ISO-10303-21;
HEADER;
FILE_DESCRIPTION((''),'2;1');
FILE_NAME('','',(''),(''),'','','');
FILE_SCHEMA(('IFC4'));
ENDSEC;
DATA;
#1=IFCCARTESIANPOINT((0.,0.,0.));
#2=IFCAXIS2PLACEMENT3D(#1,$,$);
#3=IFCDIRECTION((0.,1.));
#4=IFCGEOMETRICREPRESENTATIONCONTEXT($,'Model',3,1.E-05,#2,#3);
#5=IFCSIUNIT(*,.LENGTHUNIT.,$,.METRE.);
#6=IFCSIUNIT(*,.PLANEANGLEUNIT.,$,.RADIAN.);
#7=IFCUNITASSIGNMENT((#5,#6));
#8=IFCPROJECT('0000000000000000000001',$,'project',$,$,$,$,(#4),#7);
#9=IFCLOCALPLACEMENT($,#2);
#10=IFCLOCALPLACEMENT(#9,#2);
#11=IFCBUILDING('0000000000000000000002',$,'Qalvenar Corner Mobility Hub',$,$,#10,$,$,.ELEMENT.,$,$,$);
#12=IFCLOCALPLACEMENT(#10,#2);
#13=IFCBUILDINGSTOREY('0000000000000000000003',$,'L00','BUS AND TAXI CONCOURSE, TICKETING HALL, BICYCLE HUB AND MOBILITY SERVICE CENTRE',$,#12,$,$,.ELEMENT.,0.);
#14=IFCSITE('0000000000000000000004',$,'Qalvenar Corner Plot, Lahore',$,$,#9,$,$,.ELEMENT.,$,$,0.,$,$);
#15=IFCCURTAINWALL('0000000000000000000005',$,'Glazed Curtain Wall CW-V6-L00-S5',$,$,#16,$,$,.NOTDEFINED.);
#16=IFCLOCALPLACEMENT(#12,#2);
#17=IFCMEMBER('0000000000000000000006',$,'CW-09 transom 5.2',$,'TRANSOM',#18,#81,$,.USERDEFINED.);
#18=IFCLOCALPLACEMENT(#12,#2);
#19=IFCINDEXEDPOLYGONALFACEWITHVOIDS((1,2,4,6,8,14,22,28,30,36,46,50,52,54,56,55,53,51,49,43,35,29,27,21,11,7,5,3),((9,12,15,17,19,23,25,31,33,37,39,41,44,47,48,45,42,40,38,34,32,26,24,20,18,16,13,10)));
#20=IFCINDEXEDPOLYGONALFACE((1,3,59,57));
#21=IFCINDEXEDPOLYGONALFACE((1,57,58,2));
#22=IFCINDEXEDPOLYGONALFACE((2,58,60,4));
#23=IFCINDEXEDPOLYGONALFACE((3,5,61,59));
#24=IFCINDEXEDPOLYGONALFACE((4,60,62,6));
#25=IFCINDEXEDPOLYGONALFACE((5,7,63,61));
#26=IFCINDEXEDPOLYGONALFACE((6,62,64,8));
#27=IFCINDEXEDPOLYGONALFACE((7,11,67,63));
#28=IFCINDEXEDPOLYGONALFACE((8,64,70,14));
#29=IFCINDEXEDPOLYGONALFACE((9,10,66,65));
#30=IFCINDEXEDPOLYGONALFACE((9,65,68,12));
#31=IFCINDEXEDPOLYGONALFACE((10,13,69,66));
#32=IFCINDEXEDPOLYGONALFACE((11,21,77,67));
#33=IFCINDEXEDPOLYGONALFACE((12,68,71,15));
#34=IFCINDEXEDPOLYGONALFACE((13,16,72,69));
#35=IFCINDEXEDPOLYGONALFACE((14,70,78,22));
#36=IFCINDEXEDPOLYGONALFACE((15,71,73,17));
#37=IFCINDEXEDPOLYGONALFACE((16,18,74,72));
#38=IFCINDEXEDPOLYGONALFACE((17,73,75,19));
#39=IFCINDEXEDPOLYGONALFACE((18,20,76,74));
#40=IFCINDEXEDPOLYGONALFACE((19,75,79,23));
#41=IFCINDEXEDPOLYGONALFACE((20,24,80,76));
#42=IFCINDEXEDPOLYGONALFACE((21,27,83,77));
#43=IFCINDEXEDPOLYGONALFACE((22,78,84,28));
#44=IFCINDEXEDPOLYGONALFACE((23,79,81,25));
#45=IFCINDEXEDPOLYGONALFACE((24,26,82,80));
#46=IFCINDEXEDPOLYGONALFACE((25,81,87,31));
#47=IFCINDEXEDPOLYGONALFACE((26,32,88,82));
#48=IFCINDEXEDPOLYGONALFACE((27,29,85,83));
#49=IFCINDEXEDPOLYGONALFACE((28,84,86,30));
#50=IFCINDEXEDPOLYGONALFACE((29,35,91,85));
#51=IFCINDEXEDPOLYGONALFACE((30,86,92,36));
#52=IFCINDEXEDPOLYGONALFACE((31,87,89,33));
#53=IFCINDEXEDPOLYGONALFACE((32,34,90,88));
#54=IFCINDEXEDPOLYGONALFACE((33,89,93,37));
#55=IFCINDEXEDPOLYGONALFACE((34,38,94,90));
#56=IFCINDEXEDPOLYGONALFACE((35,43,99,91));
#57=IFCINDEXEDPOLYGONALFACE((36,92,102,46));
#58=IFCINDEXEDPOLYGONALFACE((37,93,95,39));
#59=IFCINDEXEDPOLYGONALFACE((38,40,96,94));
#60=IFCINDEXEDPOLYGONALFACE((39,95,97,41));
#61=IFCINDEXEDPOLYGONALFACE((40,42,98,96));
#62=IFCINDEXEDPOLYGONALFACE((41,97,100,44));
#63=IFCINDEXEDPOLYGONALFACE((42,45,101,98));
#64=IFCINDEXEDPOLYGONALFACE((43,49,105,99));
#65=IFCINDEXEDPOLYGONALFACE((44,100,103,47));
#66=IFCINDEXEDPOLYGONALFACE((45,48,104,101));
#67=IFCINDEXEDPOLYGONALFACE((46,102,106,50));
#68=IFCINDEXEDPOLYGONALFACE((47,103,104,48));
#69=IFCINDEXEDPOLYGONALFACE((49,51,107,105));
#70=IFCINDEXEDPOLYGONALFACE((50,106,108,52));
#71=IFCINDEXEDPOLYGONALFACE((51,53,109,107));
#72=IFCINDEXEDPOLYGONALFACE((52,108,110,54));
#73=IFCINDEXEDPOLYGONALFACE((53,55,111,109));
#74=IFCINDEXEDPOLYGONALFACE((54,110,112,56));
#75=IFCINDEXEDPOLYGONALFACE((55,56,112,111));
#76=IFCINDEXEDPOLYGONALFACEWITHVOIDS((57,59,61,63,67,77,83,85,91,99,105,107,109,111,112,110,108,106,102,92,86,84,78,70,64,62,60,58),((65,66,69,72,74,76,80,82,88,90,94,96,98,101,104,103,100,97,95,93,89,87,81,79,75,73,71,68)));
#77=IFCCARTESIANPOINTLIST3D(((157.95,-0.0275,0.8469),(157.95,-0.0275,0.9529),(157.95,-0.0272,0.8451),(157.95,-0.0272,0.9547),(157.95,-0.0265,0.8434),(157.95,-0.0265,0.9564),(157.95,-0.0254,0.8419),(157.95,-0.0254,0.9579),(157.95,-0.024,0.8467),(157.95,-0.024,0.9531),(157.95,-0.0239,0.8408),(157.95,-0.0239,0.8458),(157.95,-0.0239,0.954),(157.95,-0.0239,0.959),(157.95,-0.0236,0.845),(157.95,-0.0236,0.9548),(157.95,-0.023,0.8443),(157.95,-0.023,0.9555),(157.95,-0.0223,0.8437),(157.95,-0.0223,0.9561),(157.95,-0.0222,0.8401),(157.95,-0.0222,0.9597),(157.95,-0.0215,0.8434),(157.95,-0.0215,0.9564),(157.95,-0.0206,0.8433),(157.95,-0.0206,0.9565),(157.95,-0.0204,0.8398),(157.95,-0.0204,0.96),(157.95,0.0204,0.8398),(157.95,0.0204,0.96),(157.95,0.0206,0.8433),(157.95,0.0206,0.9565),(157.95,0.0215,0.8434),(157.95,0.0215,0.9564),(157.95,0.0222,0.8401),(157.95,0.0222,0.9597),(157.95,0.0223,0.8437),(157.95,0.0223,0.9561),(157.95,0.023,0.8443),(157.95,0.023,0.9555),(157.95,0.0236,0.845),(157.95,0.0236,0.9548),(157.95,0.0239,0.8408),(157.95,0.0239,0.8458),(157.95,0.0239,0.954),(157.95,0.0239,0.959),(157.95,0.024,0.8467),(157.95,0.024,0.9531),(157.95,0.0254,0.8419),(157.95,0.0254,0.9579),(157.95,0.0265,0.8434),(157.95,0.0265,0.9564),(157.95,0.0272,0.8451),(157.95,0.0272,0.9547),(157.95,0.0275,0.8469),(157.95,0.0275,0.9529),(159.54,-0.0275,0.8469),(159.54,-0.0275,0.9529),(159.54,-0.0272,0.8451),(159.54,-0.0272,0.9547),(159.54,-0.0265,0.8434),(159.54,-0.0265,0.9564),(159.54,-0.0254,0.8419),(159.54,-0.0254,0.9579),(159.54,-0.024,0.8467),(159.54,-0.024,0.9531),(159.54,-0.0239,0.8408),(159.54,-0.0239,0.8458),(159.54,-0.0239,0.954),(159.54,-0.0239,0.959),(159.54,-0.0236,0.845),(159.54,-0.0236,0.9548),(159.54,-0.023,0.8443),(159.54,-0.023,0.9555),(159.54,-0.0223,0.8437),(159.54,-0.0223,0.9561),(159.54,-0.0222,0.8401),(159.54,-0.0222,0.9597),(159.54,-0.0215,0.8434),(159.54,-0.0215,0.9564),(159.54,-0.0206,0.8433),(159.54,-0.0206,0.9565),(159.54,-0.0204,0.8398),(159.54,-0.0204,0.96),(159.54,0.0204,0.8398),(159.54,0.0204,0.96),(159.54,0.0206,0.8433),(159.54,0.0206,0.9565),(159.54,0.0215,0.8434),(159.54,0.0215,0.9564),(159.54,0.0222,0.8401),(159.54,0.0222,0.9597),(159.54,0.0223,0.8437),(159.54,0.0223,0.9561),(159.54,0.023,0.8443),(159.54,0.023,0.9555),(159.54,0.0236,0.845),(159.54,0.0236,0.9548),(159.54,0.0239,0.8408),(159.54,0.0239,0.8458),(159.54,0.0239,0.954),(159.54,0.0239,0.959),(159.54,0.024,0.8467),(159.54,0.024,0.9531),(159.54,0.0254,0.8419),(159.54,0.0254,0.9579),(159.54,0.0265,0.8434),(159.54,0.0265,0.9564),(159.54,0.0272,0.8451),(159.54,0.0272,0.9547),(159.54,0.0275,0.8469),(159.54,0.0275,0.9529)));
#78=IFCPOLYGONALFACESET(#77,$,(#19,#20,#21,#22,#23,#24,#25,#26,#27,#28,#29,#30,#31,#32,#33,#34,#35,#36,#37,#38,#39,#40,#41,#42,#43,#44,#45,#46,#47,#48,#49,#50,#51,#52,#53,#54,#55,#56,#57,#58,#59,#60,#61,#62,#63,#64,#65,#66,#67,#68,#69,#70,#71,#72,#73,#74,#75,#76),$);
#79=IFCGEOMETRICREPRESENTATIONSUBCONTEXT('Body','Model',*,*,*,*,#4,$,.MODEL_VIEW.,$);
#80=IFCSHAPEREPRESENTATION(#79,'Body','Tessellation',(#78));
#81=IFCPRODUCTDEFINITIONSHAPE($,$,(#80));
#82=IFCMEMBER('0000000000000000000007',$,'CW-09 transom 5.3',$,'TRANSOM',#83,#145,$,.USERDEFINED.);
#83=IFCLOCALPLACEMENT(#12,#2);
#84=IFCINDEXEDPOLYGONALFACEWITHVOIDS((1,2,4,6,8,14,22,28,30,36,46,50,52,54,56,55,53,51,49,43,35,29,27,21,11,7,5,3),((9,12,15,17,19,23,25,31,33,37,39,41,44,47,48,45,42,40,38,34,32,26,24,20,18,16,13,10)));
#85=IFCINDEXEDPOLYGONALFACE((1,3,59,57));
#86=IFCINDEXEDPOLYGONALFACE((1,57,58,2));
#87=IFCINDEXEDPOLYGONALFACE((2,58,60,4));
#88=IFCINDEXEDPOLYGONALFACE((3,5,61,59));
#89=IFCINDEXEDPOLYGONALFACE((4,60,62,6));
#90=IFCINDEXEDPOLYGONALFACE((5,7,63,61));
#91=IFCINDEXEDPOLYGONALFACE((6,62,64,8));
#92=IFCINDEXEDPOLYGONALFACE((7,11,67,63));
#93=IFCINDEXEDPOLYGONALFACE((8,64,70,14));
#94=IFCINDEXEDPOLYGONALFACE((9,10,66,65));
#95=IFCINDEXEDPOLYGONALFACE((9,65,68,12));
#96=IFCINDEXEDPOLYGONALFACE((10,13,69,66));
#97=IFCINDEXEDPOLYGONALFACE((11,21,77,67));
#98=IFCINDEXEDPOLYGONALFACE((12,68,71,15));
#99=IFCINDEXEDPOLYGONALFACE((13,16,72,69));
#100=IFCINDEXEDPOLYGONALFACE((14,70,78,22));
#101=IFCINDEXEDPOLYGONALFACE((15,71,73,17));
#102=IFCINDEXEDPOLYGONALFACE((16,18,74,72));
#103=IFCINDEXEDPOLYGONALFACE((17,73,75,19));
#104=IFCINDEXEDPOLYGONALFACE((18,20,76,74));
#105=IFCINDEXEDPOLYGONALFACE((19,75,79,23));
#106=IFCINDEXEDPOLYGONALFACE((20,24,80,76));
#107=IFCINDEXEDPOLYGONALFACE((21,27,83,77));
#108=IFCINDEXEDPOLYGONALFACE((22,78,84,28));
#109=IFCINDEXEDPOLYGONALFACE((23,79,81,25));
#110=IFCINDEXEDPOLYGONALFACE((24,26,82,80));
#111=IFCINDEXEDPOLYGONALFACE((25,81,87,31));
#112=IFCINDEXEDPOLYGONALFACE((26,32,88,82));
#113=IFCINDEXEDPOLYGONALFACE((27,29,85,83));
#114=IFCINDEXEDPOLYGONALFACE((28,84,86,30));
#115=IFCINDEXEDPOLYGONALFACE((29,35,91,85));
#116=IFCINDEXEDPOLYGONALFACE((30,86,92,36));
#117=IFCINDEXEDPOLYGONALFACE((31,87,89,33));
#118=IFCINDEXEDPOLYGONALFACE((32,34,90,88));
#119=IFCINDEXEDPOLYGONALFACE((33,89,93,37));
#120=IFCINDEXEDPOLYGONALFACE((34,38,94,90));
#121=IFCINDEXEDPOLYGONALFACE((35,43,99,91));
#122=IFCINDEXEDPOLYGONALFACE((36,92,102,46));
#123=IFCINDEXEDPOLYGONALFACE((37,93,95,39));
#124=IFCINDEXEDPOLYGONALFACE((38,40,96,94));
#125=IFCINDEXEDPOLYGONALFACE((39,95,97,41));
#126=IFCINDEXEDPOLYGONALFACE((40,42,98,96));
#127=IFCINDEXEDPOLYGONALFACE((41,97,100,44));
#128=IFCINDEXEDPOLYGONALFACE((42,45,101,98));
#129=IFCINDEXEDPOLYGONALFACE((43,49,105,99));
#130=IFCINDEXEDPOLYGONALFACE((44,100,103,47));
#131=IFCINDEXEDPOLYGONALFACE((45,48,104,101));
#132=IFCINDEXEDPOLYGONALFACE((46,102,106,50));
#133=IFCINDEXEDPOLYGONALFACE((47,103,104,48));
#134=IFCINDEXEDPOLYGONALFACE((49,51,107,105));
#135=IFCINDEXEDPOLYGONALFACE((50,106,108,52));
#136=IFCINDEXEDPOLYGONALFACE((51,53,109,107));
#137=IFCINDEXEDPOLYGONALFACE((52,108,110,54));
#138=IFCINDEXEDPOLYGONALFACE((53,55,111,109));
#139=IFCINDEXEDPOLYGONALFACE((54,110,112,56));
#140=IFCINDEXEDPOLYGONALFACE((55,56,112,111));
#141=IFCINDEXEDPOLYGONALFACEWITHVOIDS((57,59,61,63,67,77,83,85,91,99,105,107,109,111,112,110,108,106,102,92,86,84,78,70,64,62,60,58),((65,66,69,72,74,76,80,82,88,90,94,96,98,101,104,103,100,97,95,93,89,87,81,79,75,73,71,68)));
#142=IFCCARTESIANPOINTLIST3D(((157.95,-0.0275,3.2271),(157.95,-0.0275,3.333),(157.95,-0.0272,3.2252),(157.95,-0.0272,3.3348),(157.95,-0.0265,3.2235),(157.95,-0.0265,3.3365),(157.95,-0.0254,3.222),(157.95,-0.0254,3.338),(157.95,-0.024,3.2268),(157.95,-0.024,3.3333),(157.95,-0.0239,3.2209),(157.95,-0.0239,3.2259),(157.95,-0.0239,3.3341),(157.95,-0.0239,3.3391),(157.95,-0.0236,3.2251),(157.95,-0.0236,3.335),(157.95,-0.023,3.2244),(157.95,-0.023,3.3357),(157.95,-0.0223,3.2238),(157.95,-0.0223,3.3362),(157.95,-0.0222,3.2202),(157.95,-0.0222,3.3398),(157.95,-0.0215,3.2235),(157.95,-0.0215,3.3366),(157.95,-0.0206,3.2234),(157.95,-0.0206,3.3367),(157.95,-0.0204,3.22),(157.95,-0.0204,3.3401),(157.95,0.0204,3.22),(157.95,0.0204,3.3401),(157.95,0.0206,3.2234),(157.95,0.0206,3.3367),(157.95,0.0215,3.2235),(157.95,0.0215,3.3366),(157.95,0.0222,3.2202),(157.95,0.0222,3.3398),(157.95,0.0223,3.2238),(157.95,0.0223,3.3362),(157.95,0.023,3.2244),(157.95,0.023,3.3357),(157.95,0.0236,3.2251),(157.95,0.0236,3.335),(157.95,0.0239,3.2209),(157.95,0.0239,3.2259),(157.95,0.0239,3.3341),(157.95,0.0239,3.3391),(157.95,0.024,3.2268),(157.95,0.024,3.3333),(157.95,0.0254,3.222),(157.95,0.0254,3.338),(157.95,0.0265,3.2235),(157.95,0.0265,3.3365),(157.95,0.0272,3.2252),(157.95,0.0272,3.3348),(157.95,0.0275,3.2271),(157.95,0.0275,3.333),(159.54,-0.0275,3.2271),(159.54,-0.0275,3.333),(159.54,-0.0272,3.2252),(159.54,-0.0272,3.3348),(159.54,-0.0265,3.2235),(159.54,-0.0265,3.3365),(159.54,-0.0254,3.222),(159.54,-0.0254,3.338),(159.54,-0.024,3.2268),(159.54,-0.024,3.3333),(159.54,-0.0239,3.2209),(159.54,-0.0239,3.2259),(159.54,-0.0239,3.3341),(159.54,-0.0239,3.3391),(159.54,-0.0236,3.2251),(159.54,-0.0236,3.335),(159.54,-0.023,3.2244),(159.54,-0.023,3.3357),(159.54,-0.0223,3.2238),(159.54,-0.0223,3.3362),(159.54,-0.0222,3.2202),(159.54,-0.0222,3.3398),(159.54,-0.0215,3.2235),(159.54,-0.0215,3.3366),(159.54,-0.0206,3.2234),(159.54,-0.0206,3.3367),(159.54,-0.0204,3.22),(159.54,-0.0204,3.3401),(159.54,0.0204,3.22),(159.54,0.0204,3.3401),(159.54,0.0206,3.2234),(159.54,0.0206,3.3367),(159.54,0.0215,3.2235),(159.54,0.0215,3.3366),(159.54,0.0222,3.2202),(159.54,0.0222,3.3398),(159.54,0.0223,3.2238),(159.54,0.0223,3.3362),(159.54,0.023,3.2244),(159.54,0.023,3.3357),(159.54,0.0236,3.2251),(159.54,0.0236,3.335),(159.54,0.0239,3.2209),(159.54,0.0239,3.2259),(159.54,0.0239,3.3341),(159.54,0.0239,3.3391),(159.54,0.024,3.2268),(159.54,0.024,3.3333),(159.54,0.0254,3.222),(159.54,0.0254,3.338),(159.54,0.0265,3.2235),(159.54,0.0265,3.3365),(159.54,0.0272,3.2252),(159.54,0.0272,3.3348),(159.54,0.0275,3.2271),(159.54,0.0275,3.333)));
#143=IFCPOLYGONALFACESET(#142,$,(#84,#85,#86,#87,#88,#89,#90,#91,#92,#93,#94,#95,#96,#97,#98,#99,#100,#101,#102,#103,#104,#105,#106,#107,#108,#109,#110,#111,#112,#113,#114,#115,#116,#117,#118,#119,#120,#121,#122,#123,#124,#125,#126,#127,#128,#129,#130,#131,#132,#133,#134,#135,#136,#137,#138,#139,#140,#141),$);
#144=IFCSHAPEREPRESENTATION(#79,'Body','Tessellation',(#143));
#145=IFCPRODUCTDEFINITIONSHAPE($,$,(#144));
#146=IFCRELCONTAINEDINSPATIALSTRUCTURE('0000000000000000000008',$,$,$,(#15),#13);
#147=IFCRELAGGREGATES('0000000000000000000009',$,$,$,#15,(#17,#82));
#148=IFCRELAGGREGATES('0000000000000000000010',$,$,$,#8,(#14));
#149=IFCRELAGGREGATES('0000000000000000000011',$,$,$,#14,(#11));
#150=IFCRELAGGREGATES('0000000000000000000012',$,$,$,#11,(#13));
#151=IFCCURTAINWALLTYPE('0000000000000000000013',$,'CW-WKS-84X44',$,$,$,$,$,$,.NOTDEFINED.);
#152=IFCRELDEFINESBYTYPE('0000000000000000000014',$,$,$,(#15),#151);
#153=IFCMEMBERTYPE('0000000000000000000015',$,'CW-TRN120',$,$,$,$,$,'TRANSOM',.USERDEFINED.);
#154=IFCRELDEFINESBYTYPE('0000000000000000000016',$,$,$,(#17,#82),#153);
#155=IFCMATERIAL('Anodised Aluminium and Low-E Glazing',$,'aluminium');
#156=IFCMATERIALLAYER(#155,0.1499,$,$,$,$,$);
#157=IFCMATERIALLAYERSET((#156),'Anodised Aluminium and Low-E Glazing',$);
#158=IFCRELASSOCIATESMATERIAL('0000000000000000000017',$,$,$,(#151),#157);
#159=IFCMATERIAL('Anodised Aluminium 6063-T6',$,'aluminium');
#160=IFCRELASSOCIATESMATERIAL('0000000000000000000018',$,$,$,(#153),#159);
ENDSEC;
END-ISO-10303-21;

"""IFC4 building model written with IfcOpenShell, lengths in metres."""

from ifc_helpers import new_model, si_unit, direction, frame, origin, origin_2d, place, context, subcontext, project, spatial, hollow_rectangle, extrude, material, layer, layer_set, material_profile, profile_set, type_object, element, aggregate, save


model = new_model("IFC4")

# Units and contexts
model_context = context("Model", 3, precision=1e-05, world=origin(), true_north=direction((0.0, 1.0)))
body_context = subcontext(model_context, "Body", "Model", "MODEL_VIEW")
ifc_project = project(units=[si_unit("LENGTHUNIT", "METRE"), si_unit("PLANEANGLEUNIT", "RADIAN")], contexts=[model_context])

# Site, building, storey
site_placement = place(None, origin())
site = spatial("IfcSite", under=ifc_project, at=site_placement, Name="Qalvenar Corner Plot, Lahore", CompositionType="ELEMENT", RefElevation=0.0)
building_placement = place(site_placement, origin())
building = spatial("IfcBuilding", under=site, at=building_placement, Name="Qalvenar Corner Mobility Hub", CompositionType="ELEMENT")
storey_placement = place(building_placement, origin())
storey = spatial("IfcBuildingStorey", under=building, at=storey_placement, Name="L00", Description="BUS AND TAXI CONCOURSE, TICKETING HALL, BICYCLE HUB AND MOBILITY SERVICE CENTRE", CompositionType="ELEMENT", Elevation=0.0)

# Curtain wall, members
ifc_material_1 = material(Name="Anodised Aluminium and Low-E Glazing", Category="aluminium")
ifc_layer_1 = layer(ifc_material_1, 0.1499)
ifc_layer_set_1 = layer_set([ifc_layer_1], Name="Anodised Aluminium and Low-E Glazing")
curtain_wall_type = type_object("IfcCurtainWallType", Name="CW-WKS-84X44", PredefinedType="NOTDEFINED", material=ifc_layer_set_1)
curtain_wall_placement = place(storey_placement, origin())
curtain_wall = element("IfcCurtainWall", 1, at=curtain_wall_placement, inside=storey, type_object=curtain_wall_type, Name="Glazed Curtain Wall CW-V6-L00-S5", PredefinedType="NOTDEFINED")
ifc_material_2 = material(Name="Anodised Aluminium 6063-T6", Category="aluminium")
ifc_material_profile_1 = material_profile(ifc_material_2, hollow_rectangle(XDim=0.0549, YDim=0.1201, WallThickness=0.0034, InnerFilletRadius=0.0034, OuterFilletRadius=0.0071, at=origin_2d()), Name="RHS120x55x3.5")
ifc_profile_set_1 = profile_set([ifc_material_profile_1], Name="Anodised Aluminium 6063-T6")
member_type_1 = type_object("IfcMemberType", Name="CW-TRN120", ElementType="TRANSOM", PredefinedType="USERDEFINED", material=ifc_profile_set_1)
member_1_placement = place(storey_placement, frame((157.95, 0.0, 0.8999), z_axis=(1.0, 0.0, 0.0), x_axis=(0.0, 1.0, 0.0)))
member_1 = element("IfcMember", 2, at=member_1_placement, type_object=member_type_1, Name="CW-09 transom 5.2", ObjectType="TRANSOM", PredefinedType="USERDEFINED", context=body_context, shape_type="SweptSolid", body=[
    extrude(hollow_rectangle(XDim=0.0549, YDim=0.1201, WallThickness=0.0034, InnerFilletRadius=0.0034, OuterFilletRadius=0.0071, at=origin_2d()), origin(), (0.0, 0.0, 1.0), 1.5901),
])
member_2_placement = place(storey_placement, frame((157.95, 0.0, 3.28), z_axis=(1.0, 0.0, 0.0), x_axis=(0.0, 1.0, 0.0)))
member_2 = element("IfcMember", 3, at=member_2_placement, type_object=member_type_1, Name="CW-09 transom 5.3", ObjectType="TRANSOM", PredefinedType="USERDEFINED", context=body_context, shape_type="SweptSolid", body=[
    extrude(hollow_rectangle(XDim=0.0549, YDim=0.1201, WallThickness=0.0034, InnerFilletRadius=0.0034, OuterFilletRadius=0.0071, at=origin_2d()), origin(), (0.0, 0.0, 1.0), 1.5901),
])
aggregate(curtain_wall, [member_1, member_2])

save(model, "model.ifc")
